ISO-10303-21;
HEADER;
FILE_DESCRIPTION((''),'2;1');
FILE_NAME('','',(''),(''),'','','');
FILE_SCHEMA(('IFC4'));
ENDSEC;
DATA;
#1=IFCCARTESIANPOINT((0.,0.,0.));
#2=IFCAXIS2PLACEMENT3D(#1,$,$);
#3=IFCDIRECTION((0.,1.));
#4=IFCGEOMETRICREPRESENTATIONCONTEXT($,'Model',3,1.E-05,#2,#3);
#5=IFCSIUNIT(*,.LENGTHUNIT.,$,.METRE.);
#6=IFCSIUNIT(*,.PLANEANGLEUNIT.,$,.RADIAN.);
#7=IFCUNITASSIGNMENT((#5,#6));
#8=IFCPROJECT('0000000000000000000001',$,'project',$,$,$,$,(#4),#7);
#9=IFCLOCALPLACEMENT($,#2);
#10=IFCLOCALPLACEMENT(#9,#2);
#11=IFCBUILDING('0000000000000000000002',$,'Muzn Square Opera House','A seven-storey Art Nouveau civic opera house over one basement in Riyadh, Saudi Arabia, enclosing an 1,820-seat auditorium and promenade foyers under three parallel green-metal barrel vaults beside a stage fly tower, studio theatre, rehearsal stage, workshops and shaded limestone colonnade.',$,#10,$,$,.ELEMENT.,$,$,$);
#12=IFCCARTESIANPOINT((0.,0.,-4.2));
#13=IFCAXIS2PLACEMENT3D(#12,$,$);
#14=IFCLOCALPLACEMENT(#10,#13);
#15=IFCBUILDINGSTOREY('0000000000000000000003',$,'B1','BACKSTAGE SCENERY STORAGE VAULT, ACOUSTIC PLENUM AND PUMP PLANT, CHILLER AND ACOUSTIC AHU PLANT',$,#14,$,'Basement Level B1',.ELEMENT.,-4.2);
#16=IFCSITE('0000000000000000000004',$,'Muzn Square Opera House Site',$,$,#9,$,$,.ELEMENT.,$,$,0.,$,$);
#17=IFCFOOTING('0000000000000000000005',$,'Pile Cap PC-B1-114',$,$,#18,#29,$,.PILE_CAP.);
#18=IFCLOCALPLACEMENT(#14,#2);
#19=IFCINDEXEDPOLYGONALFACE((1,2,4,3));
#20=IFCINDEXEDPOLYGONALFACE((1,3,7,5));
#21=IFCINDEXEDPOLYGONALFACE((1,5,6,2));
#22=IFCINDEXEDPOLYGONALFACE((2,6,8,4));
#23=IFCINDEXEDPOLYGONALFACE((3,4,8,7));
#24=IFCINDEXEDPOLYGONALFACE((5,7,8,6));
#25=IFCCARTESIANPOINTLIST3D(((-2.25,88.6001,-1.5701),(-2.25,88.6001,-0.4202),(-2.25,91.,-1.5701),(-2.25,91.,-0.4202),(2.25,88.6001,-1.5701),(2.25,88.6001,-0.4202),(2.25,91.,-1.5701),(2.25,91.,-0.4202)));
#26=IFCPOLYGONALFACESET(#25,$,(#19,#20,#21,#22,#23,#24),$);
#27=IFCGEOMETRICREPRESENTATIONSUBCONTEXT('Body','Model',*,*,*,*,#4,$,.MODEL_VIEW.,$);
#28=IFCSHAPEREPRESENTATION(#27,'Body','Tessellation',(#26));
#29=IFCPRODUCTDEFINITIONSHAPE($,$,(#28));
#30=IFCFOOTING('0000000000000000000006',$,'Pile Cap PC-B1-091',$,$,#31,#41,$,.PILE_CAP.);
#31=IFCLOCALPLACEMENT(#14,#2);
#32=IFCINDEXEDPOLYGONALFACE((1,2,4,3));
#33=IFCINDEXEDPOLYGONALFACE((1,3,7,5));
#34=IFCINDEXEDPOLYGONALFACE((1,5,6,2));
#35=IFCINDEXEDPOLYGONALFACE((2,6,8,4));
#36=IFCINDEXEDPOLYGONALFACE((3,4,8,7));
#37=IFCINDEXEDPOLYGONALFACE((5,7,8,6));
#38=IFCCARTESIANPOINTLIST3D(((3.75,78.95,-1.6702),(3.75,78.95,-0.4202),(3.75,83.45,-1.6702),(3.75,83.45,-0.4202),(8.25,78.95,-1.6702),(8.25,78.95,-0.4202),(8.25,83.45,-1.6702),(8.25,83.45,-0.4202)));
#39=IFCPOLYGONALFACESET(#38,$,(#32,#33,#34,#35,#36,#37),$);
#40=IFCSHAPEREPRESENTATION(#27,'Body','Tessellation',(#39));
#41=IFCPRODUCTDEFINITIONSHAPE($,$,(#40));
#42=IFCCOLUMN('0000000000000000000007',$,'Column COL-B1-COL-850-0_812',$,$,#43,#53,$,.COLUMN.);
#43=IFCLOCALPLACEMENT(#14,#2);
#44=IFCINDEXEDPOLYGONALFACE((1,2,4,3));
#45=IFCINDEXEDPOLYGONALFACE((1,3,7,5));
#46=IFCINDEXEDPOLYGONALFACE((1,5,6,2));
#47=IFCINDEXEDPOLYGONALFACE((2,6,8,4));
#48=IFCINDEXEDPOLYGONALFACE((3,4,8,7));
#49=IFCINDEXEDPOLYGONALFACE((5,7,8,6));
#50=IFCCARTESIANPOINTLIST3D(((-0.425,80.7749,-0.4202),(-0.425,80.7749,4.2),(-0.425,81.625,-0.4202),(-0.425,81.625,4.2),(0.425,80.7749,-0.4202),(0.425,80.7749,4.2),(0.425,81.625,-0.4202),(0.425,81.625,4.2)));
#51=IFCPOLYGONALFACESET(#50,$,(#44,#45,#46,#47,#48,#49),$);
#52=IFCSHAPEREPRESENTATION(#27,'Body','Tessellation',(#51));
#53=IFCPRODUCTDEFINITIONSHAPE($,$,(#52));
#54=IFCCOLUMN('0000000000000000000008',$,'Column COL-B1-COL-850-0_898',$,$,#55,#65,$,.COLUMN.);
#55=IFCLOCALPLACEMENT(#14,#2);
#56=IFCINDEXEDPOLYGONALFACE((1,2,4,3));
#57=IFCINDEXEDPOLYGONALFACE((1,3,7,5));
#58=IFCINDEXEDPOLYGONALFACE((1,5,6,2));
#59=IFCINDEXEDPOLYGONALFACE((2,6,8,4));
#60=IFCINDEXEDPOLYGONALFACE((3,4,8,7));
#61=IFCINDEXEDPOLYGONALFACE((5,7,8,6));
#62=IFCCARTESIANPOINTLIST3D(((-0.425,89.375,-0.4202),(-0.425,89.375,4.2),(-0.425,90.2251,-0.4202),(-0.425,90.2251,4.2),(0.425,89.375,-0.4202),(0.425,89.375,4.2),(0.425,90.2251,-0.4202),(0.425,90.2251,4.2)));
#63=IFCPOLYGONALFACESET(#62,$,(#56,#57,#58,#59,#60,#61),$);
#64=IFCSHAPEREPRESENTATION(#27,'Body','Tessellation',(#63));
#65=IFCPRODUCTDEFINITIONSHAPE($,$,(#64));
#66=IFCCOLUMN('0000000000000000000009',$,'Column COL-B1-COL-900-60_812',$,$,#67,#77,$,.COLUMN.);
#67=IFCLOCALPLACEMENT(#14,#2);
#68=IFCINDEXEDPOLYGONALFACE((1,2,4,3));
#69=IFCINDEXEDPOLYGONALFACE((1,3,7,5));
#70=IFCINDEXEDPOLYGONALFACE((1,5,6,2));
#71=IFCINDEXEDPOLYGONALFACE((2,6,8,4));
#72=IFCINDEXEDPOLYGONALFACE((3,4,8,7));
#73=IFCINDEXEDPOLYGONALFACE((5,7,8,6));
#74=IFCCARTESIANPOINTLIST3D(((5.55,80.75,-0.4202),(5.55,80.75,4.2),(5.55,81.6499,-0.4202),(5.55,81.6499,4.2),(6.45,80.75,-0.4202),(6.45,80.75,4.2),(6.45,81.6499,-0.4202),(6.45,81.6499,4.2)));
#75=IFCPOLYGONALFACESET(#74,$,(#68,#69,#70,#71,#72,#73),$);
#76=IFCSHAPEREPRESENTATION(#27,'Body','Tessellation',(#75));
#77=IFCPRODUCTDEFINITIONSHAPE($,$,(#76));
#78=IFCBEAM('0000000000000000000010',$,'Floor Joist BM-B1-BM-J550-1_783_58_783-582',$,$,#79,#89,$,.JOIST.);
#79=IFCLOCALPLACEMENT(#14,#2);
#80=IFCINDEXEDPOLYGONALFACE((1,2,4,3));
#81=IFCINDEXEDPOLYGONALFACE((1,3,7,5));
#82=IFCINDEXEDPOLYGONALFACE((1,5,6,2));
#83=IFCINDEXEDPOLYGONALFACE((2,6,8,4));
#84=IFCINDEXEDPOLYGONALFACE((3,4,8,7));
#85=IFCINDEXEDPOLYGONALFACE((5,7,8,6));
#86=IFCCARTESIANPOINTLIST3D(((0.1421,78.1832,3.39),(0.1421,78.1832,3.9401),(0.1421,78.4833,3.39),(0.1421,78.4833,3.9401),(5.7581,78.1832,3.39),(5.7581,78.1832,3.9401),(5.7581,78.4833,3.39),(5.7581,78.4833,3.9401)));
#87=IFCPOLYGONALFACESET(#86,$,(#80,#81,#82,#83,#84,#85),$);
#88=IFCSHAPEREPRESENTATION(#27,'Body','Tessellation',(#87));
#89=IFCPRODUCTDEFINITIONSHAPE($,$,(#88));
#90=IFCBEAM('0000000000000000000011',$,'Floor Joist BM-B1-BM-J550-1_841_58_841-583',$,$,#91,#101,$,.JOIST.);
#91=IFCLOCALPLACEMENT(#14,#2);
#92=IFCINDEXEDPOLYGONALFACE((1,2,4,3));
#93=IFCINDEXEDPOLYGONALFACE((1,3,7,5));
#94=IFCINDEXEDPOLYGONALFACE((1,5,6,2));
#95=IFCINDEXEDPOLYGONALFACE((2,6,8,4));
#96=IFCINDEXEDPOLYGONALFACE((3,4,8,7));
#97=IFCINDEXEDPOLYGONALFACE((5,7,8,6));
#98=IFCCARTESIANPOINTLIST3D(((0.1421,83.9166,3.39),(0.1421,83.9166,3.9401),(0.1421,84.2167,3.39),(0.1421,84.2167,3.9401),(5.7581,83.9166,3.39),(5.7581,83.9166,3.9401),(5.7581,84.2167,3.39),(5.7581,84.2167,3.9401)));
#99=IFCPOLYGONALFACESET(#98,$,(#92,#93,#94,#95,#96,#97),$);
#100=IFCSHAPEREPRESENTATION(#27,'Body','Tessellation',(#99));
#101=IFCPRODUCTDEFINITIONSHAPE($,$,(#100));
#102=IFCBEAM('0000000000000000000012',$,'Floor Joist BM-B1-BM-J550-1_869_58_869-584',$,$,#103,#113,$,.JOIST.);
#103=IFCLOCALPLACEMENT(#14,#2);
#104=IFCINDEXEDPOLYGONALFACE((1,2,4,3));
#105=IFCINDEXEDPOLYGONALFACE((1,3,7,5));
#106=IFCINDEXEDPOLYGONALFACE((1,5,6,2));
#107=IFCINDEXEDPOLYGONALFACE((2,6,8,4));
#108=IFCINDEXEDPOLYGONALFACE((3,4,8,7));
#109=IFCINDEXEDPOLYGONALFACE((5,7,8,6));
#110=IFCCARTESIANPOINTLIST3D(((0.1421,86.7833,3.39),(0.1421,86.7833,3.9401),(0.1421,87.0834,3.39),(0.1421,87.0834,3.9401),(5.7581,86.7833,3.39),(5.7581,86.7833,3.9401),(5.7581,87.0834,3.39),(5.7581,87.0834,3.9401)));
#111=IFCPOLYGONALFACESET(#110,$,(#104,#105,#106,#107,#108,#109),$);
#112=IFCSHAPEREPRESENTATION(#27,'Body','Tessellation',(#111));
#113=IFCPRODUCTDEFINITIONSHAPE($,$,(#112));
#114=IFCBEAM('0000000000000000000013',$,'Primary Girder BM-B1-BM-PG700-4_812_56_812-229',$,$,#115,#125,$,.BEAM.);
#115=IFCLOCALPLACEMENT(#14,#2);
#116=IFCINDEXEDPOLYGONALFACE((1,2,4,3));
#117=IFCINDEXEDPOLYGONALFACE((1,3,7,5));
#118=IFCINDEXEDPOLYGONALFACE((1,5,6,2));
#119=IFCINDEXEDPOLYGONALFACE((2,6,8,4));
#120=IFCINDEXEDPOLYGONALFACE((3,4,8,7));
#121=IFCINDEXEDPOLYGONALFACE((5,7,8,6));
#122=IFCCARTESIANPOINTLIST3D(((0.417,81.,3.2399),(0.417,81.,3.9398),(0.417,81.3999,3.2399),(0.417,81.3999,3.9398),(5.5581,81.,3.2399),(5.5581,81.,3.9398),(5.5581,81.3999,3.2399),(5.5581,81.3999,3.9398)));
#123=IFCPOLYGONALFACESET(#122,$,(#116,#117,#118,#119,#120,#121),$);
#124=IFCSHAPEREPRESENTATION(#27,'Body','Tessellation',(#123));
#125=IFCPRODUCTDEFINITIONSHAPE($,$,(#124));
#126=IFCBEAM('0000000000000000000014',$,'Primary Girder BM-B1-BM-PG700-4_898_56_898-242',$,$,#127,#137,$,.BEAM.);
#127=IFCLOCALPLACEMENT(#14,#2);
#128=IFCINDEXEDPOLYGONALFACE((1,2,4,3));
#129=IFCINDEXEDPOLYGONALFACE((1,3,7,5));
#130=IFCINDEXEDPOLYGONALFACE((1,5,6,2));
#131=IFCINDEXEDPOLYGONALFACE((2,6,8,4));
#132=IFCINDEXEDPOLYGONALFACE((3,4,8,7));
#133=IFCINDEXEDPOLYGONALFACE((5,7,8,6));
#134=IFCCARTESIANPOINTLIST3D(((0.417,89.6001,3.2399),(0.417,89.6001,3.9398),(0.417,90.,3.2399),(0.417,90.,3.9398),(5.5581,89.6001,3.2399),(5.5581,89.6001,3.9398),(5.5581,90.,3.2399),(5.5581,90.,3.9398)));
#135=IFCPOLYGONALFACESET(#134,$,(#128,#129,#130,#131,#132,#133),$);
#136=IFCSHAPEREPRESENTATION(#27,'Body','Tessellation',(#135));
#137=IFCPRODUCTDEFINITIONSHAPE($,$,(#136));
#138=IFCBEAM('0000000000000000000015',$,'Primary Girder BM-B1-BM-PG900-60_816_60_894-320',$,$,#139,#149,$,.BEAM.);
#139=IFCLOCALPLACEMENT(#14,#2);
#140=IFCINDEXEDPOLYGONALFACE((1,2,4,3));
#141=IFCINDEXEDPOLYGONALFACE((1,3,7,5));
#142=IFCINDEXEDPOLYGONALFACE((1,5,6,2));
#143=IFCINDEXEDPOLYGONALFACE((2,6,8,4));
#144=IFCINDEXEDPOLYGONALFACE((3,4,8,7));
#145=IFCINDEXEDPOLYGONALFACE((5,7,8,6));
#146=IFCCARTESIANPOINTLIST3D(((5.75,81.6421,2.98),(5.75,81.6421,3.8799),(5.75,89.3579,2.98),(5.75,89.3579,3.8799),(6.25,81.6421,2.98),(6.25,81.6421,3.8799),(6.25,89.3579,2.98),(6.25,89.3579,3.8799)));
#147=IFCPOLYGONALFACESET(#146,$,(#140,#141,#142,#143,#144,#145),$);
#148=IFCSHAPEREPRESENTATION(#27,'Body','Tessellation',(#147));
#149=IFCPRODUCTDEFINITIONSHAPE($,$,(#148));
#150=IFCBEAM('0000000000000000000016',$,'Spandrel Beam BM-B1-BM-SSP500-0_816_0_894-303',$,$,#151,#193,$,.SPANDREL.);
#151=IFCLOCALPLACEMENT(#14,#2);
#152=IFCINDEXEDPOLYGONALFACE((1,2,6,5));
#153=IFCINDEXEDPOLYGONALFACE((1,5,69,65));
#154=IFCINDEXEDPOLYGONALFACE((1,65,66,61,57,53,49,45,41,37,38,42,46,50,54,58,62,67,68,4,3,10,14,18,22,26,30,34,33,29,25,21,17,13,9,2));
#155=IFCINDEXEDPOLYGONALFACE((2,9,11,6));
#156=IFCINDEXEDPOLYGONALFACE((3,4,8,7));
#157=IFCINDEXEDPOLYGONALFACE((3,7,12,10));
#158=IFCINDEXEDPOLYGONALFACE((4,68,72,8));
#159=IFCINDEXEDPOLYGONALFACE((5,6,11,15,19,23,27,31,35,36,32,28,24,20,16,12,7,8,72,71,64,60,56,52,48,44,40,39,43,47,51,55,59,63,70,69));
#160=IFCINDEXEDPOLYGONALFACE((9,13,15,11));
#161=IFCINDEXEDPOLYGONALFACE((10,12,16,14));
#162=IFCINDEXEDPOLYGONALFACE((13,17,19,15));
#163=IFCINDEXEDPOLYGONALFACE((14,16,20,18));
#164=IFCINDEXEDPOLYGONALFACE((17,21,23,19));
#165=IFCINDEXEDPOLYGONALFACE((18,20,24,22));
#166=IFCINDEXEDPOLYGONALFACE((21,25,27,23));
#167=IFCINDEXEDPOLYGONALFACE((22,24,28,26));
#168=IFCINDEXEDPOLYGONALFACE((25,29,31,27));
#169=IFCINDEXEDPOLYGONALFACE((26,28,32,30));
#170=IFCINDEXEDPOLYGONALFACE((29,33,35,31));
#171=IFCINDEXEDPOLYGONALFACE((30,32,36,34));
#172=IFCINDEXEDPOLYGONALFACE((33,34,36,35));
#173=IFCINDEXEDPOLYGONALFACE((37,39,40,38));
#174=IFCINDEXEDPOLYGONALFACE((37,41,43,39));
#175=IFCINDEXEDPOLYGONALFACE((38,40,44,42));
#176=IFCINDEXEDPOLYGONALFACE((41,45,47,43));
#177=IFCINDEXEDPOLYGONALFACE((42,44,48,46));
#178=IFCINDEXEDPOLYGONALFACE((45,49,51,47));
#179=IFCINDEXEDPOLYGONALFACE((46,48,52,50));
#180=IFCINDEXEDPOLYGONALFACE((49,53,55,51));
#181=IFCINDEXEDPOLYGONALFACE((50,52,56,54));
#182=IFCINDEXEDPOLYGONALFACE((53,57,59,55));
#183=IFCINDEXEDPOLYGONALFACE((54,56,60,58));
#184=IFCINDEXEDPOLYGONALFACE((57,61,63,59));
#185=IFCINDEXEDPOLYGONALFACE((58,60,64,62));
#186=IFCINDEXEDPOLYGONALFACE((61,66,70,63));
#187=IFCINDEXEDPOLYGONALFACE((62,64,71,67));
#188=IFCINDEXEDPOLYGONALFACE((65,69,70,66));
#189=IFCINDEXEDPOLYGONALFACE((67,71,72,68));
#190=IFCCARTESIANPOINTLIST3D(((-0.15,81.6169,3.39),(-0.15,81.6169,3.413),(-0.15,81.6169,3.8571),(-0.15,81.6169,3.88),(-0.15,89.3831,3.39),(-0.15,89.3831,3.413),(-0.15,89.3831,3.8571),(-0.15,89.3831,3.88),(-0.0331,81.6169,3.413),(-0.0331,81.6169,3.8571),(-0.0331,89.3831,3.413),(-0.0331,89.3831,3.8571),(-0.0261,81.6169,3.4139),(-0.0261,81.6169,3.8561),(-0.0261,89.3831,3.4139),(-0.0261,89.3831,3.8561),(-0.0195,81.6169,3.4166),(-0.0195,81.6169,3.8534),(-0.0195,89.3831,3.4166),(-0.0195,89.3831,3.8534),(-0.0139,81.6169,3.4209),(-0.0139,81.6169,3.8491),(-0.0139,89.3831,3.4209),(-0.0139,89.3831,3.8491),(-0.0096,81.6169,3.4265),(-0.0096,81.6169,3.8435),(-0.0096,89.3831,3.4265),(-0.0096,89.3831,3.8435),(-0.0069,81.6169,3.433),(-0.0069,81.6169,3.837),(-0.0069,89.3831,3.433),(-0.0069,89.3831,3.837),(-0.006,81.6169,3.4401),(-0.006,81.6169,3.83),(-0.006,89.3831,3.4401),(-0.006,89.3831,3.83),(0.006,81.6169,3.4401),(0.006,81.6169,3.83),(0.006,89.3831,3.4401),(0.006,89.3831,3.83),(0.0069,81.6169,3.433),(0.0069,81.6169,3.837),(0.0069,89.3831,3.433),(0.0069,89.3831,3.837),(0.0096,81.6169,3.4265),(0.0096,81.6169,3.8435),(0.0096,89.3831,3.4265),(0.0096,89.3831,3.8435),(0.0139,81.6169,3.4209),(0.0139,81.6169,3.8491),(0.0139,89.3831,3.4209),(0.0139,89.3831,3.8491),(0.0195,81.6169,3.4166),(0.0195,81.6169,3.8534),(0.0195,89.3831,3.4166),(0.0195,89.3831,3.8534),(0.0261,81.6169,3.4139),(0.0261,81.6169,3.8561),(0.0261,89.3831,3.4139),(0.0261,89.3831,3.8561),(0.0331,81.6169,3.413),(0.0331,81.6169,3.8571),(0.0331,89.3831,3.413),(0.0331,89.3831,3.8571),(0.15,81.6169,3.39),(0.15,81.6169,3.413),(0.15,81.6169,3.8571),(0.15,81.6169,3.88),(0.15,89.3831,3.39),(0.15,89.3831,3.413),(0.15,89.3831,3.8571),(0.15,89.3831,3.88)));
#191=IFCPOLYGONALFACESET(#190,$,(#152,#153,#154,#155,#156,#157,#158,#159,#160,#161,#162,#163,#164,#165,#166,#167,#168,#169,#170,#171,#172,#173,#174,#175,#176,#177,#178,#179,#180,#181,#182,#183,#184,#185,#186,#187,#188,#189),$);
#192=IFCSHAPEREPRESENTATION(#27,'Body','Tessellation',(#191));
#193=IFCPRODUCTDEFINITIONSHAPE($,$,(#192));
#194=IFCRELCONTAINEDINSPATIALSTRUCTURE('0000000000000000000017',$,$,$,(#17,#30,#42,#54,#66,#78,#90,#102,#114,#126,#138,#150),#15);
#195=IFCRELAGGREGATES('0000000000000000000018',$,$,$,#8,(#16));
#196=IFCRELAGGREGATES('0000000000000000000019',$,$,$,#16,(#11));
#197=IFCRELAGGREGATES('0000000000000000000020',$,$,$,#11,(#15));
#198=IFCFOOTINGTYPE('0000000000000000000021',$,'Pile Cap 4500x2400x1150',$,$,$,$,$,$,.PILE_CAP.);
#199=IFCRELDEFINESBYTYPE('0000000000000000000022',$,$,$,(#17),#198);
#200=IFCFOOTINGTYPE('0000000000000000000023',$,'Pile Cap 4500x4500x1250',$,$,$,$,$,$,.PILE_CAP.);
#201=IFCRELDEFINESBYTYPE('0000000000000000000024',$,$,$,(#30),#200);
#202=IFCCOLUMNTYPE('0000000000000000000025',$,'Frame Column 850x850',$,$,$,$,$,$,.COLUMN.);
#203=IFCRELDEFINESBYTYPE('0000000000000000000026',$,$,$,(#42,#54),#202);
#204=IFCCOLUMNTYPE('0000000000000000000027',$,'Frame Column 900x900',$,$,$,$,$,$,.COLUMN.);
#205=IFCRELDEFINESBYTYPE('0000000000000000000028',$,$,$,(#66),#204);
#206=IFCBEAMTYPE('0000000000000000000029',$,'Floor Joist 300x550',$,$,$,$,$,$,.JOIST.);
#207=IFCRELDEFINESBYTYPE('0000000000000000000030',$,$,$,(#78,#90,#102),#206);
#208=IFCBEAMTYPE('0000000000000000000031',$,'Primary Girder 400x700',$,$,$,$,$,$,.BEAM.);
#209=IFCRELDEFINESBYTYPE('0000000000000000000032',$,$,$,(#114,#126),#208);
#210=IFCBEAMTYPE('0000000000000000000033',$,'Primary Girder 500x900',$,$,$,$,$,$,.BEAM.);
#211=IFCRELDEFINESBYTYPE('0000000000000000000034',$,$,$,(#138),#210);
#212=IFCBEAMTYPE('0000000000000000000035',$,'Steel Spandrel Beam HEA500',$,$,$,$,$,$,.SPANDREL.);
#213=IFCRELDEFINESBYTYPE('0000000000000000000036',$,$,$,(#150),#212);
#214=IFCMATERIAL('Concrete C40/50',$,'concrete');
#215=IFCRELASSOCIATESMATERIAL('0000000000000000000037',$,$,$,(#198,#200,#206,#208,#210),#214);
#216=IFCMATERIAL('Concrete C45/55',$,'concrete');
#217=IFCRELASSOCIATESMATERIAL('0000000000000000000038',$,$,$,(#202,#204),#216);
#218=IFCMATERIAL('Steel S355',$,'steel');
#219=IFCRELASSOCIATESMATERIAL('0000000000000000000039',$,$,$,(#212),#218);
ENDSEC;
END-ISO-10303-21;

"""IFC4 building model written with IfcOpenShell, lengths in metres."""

from ifc_helpers import new_model, si_unit, direction, frame, origin, origin_2d, place, context, subcontext, project, spatial, rectangle, i_section, extrude, material, material_profile, profile_set, type_object, element, save


model = new_model("IFC4")

# Units and contexts
model_context = context("Model", 3, precision=1e-05, world=origin(), true_north=direction((0.0, 1.0)))
body_context = subcontext(model_context, "Body", "Model", "MODEL_VIEW")
ifc_project = project(units=[si_unit("LENGTHUNIT", "METRE"), si_unit("PLANEANGLEUNIT", "RADIAN")], contexts=[model_context])

# Site, building, storey
site_placement = place(None, origin())
site = spatial("IfcSite", under=ifc_project, at=site_placement, Name="Muzn Square Opera House Site", CompositionType="ELEMENT", RefElevation=0.0)
building_placement = place(site_placement, origin())
building = spatial("IfcBuilding", under=site, at=building_placement, Name="Muzn Square Opera House", Description="A seven-storey Art Nouveau civic opera house over one basement in Riyadh, Saudi Arabia, enclosing an 1,820-seat auditorium and promenade foyers under three parallel green-metal barrel vaults beside a stage fly tower, studio theatre, rehearsal stage, workshops and shaded limestone colonnade.", CompositionType="ELEMENT")
storey_placement = place(building_placement, frame((0.0, 0.0, -4.2)))
storey = spatial("IfcBuildingStorey", under=building, at=storey_placement, Name="B1", Description="BACKSTAGE SCENERY STORAGE VAULT, ACOUSTIC PLENUM AND PUMP PLANT, CHILLER AND ACOUSTIC AHU PLANT", LongName="Basement Level B1", CompositionType="ELEMENT", Elevation=-4.2)

# Shared definitions
ifc_material_1 = material(Name="Concrete C40/50", Category="concrete")

# Footings
footing_type_1 = type_object("IfcFootingType", Name="Pile Cap 4500x2400x1150", PredefinedType="PILE_CAP", material=ifc_material_1)
for number, where, z_axis, x_axis, name in (
    (1, (0.0, 89.8, -1.5701), (0.0, 0.0, 1.0), (1.0, 0.0, 0.0), "Pile Cap PC-B1-114"),
):
    element("IfcFooting", number, at=place(storey_placement, frame(where, z_axis=z_axis, x_axis=x_axis)), inside=storey, type_object=footing_type_1, Name=name, PredefinedType="PILE_CAP", context=body_context, shape_type="SweptSolid", body=[
        extrude(rectangle(XDim=4.5, YDim=2.3999, at=origin_2d()), origin(), (0.0, 0.0, 1.0), 1.1499),
    ])
footing_type_2 = type_object("IfcFootingType", Name="Pile Cap 4500x4500x1250", PredefinedType="PILE_CAP", material=ifc_material_1)
footing_1_placement = place(storey_placement, frame((6.0, 81.2, -1.6702), z_axis=(0.0, 0.0, 1.0), x_axis=(1.0, 0.0, 0.0)))
element("IfcFooting", 2, at=footing_1_placement, inside=storey, type_object=footing_type_2, Name="Pile Cap PC-B1-091", PredefinedType="PILE_CAP", context=body_context, shape_type="SweptSolid", body=[
    extrude(rectangle(XDim=4.5, YDim=4.5, at=origin_2d()), origin(), (0.0, 0.0, 1.0), 1.25),
])

# Columns
ifc_material_2 = material(Name="Concrete C45/55", Category="concrete")
ifc_material_profile_1 = material_profile(ifc_material_2, rectangle(XDim=0.8501, YDim=0.8501, at=origin_2d()), Name="RC 850x850", Category="concrete")
ifc_profile_set_1 = profile_set([ifc_material_profile_1], Name="Concrete C45/55")
column_type_1 = type_object("IfcColumnType", Name="Frame Column 850x850", PredefinedType="COLUMN", material=ifc_profile_set_1)
for number, where, z_axis, x_axis, name in (
    (3, (0.0, 81.2, -0.4202), (0.0, 0.0, 1.0), (1.0, 0.0, 0.0), "Column COL-B1-COL-850-0_812"),
    (4, (0.0, 89.8, -0.4202), (0.0, 0.0, 1.0), (1.0, 0.0, 0.0), "Column COL-B1-COL-850-0_898"),
):
    element("IfcColumn", number, at=place(storey_placement, frame(where, z_axis=z_axis, x_axis=x_axis)), inside=storey, type_object=column_type_1, Name=name, PredefinedType="COLUMN", context=body_context, shape_type="SweptSolid", body=[
        extrude(rectangle(XDim=0.8501, YDim=0.8501, at=origin_2d()), origin(), (0.0, 0.0, 1.0), 4.6201),
    ])
ifc_material_profile_2 = material_profile(ifc_material_2, rectangle(XDim=0.8999, YDim=0.8999, at=origin_2d()), Name="RC 900x900", Category="concrete")
ifc_profile_set_2 = profile_set([ifc_material_profile_2], Name="Concrete C45/55")
column_type_2 = type_object("IfcColumnType", Name="Frame Column 900x900", PredefinedType="COLUMN", material=ifc_profile_set_2)
column_placement = place(storey_placement, frame((6.0, 81.2, -0.4202), z_axis=(0.0, 0.0, 1.0), x_axis=(1.0, 0.0, 0.0)))
element("IfcColumn", 5, at=column_placement, inside=storey, type_object=column_type_2, Name="Column COL-B1-COL-900-60_812", PredefinedType="COLUMN", context=body_context, shape_type="SweptSolid", body=[
    extrude(rectangle(XDim=0.8999, YDim=0.8999, at=origin_2d()), origin(), (0.0, 0.0, 1.0), 4.6201),
])

# Beams
ifc_material_profile_3 = material_profile(ifc_material_1, rectangle(XDim=0.3, YDim=0.55, at=origin_2d()), Name="RCJ 300x550", Category="concrete")
ifc_profile_set_3 = profile_set([ifc_material_profile_3], Name="Concrete C40/50")
beam_type_1 = type_object("IfcBeamType", Name="Floor Joist 300x550", PredefinedType="JOIST", material=ifc_profile_set_3)
for number, where, z_axis, x_axis, name in (
    (6, (0.1421, 78.3333, 3.665), (1.0, 0.0, 0.0), (0.0, 1.0, 0.0), "Floor Joist BM-B1-BM-J550-1_783_58_783-582"),
    (7, (0.1421, 84.0667, 3.665), (1.0, 0.0, 0.0), (0.0, 1.0, 0.0), "Floor Joist BM-B1-BM-J550-1_841_58_841-583"),
    (8, (0.1421, 86.9333, 3.665), (1.0, 0.0, 0.0), (0.0, 1.0, 0.0), "Floor Joist BM-B1-BM-J550-1_869_58_869-584"),
):
    element("IfcBeam", number, at=place(storey_placement, frame(where, z_axis=z_axis, x_axis=x_axis)), inside=storey, type_object=beam_type_1, Name=name, PredefinedType="JOIST", context=body_context, shape_type="SweptSolid", body=[
        extrude(rectangle(XDim=0.3, YDim=0.55, at=origin_2d()), origin(), (0.0, 0.0, 1.0), 5.616),
    ])
ifc_material_profile_4 = material_profile(ifc_material_1, rectangle(XDim=0.3999, YDim=0.7, at=origin_2d()), Name="RCB 400x700", Category="concrete")
ifc_profile_set_4 = profile_set([ifc_material_profile_4], Name="Concrete C40/50")
beam_type_2 = type_object("IfcBeamType", Name="Primary Girder 400x700", PredefinedType="BEAM", material=ifc_profile_set_4)
for number, where, z_axis, x_axis, name in (
    (9, (0.417, 81.2, 3.5898), (1.0, 0.0, 0.0), (0.0, 1.0, 0.0), "Primary Girder BM-B1-BM-PG700-4_812_56_812-229"),
    (10, (0.417, 89.8, 3.5898), (1.0, 0.0, 0.0), (0.0, 1.0, 0.0), "Primary Girder BM-B1-BM-PG700-4_898_56_898-242"),
):
    element("IfcBeam", number, at=place(storey_placement, frame(where, z_axis=z_axis, x_axis=x_axis)), inside=storey, type_object=beam_type_2, Name=name, PredefinedType="BEAM", context=body_context, shape_type="SweptSolid", body=[
        extrude(rectangle(XDim=0.3999, YDim=0.7, at=origin_2d()), origin(), (0.0, 0.0, 1.0), 5.1411),
    ])
ifc_material_profile_5 = material_profile(ifc_material_1, rectangle(XDim=0.5, YDim=0.8999, at=origin_2d()), Name="RCB 500x900", Category="concrete")
ifc_profile_set_5 = profile_set([ifc_material_profile_5], Name="Concrete C40/50")
beam_type_3 = type_object("IfcBeamType", Name="Primary Girder 500x900", PredefinedType="BEAM", material=ifc_profile_set_5)
beam_1_placement = place(storey_placement, frame((6.0, 81.6421, 3.4299), z_axis=(0.0, 1.0, 0.0), x_axis=(-1.0, 0.0, 0.0)))
element("IfcBeam", 11, at=beam_1_placement, inside=storey, type_object=beam_type_3, Name="Primary Girder BM-B1-BM-PG900-60_816_60_894-320", PredefinedType="BEAM", context=body_context, shape_type="SweptSolid", body=[
    extrude(rectangle(XDim=0.5, YDim=0.8999, at=origin_2d()), origin(), (0.0, 0.0, 1.0), 7.7158),
])
ifc_material_3 = material(Name="Steel S355", Category="steel")
ifc_material_profile_6 = material_profile(ifc_material_3, i_section(OverallWidth=0.3, OverallDepth=0.49, WebThickness=0.012, FlangeThickness=0.0229, FilletRadius=0.0271, at=origin_2d()), Name="HEA 500", Category="steel")
ifc_profile_set_6 = profile_set([ifc_material_profile_6], Name="Steel S355")
beam_type_4 = type_object("IfcBeamType", Name="Steel Spandrel Beam HEA500", PredefinedType="SPANDREL", material=ifc_profile_set_6)
beam_2_placement = place(storey_placement, frame((0.0, 81.6169, 3.635), z_axis=(0.0, 1.0, 0.0), x_axis=(-1.0, 0.0, 0.0)))
element("IfcBeam", 12, at=beam_2_placement, inside=storey, type_object=beam_type_4, Name="Spandrel Beam BM-B1-BM-SSP500-0_816_0_894-303", PredefinedType="SPANDREL", context=body_context, shape_type="SweptSolid", body=[
    extrude(i_section(OverallWidth=0.3, OverallDepth=0.49, WebThickness=0.012, FlangeThickness=0.0229, FilletRadius=0.0271, at=origin_2d()), origin(), (0.0, 0.0, 1.0), 7.7661),
])

save(model, "model.ifc")
